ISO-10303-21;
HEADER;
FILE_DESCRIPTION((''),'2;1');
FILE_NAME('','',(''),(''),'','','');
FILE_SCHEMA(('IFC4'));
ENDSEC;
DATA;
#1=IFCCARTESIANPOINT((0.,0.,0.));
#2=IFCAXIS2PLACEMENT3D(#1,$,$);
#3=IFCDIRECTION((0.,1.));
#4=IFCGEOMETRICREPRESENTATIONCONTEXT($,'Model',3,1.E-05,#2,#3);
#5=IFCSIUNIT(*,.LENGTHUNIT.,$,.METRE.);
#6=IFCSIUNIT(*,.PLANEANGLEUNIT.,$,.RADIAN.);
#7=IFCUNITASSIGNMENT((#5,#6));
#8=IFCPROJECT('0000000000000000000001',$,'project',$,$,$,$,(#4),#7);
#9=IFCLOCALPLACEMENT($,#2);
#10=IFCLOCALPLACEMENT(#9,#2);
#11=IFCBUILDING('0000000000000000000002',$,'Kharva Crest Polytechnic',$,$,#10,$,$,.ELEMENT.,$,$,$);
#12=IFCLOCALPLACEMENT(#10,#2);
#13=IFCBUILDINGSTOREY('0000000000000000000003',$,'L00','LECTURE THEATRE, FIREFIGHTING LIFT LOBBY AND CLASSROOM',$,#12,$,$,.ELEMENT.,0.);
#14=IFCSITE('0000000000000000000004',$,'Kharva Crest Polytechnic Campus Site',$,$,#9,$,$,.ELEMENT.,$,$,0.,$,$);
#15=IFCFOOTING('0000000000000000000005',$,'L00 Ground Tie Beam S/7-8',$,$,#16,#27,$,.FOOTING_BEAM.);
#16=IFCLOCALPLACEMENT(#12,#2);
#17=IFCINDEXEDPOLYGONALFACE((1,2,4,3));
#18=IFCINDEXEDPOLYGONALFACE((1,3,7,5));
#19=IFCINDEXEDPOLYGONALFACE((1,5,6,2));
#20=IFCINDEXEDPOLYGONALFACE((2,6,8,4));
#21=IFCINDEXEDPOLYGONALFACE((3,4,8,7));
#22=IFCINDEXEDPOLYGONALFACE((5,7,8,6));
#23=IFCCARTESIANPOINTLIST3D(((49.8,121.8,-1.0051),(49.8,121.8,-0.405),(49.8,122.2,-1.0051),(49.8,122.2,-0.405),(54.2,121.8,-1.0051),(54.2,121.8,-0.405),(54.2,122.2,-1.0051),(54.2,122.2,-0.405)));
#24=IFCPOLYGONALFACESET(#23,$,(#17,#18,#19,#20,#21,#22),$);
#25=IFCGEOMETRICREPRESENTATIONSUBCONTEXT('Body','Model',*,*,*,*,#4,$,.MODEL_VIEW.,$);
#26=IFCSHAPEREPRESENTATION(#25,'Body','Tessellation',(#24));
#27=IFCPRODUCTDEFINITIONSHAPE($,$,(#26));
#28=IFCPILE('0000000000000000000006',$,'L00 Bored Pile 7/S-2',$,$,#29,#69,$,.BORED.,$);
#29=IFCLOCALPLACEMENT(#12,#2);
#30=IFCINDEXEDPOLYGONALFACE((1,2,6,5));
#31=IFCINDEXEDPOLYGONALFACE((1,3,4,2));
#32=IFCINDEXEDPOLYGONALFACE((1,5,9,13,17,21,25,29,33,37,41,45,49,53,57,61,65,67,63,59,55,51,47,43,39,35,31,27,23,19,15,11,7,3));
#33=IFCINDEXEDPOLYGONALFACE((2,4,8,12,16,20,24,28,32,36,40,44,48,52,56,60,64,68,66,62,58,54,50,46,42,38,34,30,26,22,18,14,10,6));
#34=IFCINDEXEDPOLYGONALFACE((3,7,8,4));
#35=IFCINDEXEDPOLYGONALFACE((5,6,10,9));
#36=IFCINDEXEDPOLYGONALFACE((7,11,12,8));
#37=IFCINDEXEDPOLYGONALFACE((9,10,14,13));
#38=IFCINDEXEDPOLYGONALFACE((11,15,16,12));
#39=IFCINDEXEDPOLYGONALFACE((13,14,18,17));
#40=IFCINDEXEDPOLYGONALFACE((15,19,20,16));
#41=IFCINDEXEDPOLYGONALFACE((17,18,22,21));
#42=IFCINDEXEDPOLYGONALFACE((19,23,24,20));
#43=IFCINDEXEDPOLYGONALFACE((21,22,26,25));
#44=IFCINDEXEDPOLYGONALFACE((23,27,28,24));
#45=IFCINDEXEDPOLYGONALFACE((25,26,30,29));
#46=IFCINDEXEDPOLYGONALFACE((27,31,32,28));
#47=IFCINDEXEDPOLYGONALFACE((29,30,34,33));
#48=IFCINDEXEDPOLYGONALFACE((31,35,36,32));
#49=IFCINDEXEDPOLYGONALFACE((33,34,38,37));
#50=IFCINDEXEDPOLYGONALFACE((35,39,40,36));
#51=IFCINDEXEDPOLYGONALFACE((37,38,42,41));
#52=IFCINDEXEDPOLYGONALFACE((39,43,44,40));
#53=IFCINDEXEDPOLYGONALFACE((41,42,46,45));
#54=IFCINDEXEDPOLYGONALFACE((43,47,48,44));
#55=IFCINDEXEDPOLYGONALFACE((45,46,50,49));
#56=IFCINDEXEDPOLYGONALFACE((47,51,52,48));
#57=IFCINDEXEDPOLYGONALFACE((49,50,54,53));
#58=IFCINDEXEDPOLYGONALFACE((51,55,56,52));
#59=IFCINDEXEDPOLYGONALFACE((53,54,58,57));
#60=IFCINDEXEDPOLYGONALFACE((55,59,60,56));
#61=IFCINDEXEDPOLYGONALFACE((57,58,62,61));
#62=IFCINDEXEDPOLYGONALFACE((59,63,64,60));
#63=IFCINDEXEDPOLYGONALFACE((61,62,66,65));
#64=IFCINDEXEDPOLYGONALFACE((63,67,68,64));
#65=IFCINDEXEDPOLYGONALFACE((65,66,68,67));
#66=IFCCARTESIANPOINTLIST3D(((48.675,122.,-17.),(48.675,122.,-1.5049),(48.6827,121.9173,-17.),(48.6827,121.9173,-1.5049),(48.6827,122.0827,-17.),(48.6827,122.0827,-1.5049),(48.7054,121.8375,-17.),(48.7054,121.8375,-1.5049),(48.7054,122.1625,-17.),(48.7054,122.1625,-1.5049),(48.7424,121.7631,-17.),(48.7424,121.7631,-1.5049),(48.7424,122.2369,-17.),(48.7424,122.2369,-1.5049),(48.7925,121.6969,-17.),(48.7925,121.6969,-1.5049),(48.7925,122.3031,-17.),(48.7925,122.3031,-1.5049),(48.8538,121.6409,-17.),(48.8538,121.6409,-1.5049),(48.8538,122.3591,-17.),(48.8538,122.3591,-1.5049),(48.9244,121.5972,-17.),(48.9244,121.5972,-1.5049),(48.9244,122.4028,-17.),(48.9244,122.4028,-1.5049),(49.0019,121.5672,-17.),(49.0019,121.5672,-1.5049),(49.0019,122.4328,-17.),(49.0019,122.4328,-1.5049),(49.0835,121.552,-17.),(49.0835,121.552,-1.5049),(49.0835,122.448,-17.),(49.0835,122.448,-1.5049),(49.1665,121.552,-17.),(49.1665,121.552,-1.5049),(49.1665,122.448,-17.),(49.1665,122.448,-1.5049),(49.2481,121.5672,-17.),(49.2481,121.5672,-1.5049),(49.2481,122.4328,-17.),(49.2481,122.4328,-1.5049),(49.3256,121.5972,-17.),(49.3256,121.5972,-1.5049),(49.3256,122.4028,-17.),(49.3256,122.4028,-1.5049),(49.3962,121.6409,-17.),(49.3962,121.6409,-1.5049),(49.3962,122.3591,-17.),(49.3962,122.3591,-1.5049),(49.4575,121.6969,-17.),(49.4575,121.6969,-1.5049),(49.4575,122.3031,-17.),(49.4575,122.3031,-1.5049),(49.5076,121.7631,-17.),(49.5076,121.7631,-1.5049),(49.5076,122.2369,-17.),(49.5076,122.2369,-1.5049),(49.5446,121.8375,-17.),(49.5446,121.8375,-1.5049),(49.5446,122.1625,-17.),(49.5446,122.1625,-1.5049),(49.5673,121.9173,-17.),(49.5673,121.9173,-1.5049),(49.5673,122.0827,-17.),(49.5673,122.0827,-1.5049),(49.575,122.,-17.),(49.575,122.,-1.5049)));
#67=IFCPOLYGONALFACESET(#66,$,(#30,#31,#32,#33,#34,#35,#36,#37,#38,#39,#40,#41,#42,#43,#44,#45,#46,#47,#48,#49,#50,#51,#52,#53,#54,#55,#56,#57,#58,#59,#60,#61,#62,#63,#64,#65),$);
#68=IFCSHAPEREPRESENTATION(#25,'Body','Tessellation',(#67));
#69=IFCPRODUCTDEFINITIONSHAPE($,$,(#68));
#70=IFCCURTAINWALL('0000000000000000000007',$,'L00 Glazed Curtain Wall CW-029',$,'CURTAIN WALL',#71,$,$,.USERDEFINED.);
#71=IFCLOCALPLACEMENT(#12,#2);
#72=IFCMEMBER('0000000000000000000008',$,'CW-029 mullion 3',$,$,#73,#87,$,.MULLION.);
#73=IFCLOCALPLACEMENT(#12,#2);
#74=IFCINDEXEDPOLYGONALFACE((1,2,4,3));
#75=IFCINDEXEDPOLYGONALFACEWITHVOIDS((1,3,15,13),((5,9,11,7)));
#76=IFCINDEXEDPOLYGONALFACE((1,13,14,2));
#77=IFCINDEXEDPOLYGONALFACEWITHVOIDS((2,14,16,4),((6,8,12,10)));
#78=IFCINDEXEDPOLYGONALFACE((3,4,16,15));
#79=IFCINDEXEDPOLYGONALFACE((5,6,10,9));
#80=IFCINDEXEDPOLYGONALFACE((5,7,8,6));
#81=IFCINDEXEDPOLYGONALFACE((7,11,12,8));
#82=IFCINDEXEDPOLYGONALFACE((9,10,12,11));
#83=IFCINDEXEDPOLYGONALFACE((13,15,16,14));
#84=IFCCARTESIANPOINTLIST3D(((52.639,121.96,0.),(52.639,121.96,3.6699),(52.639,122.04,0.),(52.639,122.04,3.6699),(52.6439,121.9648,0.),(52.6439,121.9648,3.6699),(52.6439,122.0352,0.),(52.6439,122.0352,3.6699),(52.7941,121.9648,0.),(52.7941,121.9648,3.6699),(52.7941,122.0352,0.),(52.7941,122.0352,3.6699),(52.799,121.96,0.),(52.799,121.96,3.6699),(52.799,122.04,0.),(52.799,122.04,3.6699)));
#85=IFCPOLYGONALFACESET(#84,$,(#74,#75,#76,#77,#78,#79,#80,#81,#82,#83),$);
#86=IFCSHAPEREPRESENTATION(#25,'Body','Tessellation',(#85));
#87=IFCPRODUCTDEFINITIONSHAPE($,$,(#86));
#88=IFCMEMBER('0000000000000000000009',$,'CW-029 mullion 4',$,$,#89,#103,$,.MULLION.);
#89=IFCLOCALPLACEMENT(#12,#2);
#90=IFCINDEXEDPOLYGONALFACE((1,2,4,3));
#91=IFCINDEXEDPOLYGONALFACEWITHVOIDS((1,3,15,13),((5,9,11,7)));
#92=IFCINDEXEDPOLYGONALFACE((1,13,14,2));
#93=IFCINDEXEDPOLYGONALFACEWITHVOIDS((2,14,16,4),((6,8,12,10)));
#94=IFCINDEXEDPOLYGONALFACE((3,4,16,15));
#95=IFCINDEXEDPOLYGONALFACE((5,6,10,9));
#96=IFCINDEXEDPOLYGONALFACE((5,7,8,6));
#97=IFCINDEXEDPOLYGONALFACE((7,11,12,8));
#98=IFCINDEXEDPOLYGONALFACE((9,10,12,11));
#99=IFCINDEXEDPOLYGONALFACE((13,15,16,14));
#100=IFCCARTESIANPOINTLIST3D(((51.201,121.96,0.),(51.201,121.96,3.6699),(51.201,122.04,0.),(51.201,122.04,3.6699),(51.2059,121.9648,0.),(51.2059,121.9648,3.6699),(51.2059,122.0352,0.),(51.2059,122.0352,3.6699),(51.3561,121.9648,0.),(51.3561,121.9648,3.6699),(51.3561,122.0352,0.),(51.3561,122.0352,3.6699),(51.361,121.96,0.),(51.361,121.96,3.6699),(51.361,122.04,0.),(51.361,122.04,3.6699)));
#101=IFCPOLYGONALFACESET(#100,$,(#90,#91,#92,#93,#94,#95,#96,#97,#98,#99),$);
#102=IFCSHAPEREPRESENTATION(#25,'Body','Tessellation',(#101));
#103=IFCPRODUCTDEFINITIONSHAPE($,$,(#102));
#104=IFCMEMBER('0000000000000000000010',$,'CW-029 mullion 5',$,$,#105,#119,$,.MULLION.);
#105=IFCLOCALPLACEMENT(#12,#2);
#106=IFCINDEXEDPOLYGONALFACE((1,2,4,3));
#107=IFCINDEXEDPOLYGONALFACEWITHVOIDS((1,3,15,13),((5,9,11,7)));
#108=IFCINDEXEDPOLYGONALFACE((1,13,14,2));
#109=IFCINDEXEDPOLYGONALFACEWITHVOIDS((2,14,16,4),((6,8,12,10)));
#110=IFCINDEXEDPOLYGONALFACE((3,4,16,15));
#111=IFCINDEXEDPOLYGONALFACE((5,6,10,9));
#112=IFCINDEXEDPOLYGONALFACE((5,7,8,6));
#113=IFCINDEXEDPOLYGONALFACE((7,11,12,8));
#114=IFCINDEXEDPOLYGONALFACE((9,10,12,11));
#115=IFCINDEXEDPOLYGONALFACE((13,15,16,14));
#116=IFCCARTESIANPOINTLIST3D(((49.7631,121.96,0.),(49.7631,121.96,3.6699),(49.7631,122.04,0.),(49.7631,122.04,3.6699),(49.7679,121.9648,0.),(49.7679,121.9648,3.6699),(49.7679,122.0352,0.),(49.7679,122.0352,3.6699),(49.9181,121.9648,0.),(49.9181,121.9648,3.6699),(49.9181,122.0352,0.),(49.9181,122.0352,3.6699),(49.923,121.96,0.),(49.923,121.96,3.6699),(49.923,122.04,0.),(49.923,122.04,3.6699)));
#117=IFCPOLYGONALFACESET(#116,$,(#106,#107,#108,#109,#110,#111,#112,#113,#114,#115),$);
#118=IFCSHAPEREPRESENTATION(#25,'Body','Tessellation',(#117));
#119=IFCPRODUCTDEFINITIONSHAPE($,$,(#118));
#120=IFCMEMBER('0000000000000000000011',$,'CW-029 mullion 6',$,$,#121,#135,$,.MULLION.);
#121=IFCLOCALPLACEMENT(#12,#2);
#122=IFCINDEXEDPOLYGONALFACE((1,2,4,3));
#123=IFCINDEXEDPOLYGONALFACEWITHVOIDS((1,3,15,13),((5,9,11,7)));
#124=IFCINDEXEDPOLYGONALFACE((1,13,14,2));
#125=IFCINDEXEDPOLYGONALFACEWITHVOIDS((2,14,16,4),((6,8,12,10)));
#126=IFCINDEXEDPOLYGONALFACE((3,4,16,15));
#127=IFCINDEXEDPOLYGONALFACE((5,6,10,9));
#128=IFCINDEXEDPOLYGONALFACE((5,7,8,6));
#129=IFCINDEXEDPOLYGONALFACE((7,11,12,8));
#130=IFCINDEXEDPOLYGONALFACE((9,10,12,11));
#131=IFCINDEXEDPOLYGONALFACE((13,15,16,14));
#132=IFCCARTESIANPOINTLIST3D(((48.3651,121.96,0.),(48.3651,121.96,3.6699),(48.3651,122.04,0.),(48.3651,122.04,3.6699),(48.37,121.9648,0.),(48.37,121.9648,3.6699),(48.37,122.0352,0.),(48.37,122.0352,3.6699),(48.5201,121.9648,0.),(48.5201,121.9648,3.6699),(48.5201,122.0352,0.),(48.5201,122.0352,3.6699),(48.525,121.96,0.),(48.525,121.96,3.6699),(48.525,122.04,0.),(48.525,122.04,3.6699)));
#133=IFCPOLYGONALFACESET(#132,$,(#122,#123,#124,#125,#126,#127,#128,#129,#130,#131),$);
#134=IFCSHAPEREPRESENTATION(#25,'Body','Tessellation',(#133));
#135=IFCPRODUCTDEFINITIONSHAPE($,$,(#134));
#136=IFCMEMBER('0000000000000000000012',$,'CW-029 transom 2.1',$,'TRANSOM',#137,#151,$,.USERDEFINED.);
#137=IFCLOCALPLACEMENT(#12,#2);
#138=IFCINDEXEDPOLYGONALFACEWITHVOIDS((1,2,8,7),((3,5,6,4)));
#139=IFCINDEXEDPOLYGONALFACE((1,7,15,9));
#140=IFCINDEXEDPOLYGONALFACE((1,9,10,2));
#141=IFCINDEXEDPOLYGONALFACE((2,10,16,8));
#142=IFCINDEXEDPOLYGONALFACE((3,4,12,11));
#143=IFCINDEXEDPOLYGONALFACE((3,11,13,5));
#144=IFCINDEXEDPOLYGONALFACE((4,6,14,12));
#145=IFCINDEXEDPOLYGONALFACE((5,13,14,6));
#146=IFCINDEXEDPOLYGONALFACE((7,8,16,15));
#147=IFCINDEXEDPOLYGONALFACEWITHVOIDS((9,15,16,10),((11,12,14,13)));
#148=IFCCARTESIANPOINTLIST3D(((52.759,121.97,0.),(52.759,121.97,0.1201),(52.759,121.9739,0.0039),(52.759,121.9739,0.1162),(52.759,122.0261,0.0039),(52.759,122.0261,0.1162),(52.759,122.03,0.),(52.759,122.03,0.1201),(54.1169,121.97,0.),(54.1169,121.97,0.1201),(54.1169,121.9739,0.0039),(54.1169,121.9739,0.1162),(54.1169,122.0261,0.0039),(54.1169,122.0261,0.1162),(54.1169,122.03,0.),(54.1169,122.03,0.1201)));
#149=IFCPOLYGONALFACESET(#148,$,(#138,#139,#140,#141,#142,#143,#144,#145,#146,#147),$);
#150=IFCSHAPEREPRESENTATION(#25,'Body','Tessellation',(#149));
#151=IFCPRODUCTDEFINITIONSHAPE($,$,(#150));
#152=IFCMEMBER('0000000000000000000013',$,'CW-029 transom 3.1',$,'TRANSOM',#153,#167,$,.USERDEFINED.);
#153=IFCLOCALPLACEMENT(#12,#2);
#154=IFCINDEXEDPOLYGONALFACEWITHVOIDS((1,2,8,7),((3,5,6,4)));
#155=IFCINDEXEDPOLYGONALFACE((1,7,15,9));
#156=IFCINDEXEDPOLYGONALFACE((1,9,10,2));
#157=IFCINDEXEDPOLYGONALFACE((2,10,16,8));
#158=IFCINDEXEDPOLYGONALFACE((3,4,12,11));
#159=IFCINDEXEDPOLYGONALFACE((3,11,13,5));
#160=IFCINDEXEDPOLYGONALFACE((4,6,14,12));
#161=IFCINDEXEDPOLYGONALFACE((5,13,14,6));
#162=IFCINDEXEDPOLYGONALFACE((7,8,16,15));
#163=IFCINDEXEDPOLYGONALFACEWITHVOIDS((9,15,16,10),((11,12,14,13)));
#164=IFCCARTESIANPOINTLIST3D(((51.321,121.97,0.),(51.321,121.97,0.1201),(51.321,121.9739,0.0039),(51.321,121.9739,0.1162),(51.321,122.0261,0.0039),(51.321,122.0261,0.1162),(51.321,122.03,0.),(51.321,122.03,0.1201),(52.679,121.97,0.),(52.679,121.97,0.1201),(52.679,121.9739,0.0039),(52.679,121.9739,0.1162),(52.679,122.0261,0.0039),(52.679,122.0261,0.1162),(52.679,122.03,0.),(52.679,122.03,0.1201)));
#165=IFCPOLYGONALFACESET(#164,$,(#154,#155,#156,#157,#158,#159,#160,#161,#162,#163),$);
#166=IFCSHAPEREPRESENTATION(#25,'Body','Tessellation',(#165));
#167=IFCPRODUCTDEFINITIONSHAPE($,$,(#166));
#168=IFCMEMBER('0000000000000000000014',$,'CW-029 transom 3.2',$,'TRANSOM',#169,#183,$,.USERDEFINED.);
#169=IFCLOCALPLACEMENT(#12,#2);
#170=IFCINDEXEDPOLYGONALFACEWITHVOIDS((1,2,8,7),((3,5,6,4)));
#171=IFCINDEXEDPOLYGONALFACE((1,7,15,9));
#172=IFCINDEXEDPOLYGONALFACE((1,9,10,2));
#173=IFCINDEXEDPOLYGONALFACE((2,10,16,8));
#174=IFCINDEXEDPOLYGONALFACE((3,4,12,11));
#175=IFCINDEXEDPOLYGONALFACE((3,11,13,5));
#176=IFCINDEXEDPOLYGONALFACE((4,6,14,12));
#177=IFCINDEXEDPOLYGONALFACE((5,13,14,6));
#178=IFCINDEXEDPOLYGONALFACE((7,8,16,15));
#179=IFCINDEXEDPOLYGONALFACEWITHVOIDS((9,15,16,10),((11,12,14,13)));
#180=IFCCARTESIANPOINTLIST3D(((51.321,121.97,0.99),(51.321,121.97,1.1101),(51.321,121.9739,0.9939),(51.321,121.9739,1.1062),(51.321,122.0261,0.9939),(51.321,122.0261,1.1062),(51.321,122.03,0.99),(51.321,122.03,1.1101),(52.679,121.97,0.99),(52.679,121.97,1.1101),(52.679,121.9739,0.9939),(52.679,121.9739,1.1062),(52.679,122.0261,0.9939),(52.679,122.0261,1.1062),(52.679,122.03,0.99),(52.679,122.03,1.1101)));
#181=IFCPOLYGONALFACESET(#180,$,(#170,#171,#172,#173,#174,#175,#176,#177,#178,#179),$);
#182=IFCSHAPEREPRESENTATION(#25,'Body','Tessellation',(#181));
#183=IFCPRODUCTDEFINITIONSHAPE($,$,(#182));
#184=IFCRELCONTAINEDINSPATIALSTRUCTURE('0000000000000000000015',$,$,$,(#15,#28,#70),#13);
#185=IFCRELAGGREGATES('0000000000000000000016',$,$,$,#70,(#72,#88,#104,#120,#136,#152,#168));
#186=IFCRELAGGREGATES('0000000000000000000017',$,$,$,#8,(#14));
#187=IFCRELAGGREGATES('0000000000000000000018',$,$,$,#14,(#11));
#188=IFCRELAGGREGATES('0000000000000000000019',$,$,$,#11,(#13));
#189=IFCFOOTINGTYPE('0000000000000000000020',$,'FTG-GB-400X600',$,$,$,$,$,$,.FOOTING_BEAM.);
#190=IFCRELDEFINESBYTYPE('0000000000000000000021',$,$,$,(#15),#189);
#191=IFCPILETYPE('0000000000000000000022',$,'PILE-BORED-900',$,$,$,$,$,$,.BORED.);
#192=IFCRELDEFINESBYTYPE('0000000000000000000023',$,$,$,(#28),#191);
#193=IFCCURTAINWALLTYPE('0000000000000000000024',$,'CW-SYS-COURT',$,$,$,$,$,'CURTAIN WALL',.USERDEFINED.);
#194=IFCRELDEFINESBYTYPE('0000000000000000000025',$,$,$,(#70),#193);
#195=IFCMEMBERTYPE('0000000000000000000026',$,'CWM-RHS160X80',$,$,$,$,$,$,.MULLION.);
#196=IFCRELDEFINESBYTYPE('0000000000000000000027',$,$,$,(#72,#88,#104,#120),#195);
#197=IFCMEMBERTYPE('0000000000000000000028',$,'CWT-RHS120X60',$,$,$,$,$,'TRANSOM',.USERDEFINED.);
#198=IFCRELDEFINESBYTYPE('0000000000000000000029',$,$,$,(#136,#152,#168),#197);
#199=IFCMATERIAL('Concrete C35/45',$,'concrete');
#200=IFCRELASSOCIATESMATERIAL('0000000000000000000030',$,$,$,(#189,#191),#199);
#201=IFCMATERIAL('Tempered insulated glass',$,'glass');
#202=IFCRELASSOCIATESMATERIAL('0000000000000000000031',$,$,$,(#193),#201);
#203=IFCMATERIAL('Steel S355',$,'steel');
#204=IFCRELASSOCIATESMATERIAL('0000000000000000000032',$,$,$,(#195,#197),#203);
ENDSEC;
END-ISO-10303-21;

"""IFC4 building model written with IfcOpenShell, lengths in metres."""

from ifc_helpers import new_model, si_unit, direction, frame, origin, origin_2d, place, context, subcontext, project, spatial, rectangle, hollow_rectangle, circle, extrude, material, material_profile, profile_set, type_object, element, aggregate, save


model = new_model("IFC4")

# Units and contexts
model_context = context("Model", 3, precision=1e-05, world=origin(), true_north=direction((0.0, 1.0)))
body_context = subcontext(model_context, "Body", "Model", "MODEL_VIEW")
ifc_project = project(units=[si_unit("LENGTHUNIT", "METRE"), si_unit("PLANEANGLEUNIT", "RADIAN")], contexts=[model_context])

# Site, building, storey
site_placement = place(None, origin())
site = spatial("IfcSite", under=ifc_project, at=site_placement, Name="Kharva Crest Polytechnic Campus Site", CompositionType="ELEMENT", RefElevation=0.0)
building_placement = place(site_placement, origin())
building = spatial("IfcBuilding", under=site, at=building_placement, Name="Kharva Crest Polytechnic", CompositionType="ELEMENT")
storey_placement = place(building_placement, origin())
storey = spatial("IfcBuildingStorey", under=building, at=storey_placement, Name="L00", Description="LECTURE THEATRE, FIREFIGHTING LIFT LOBBY AND CLASSROOM", CompositionType="ELEMENT", Elevation=0.0)

# Footing
ifc_material_1 = material(Name="Concrete C35/45", Category="concrete")
footing_type = type_object("IfcFootingType", Name="FTG-GB-400X600", PredefinedType="FOOTING_BEAM", material=ifc_material_1)
footing_placement = place(storey_placement, frame((52.0, 122.0, -1.0051), z_axis=(0.0, 0.0, 1.0), x_axis=(1.0, 0.0, 0.0)))
element("IfcFooting", 1, at=footing_placement, inside=storey, type_object=footing_type, Name="L00 Ground Tie Beam S/7-8", PredefinedType="FOOTING_BEAM", context=body_context, shape_type="SweptSolid", body=[
    extrude(rectangle(XDim=4.3999, YDim=0.3999, at=origin_2d()), origin(), (0.0, 0.0, 1.0), 0.6001),
])

# Pile
ifc_material_profile_1 = material_profile(ifc_material_1, circle(Radius=0.45, at=origin_2d()), Name="DIA 900")
ifc_profile_set_1 = profile_set([ifc_material_profile_1], Name="Concrete C35/45")
pile_type = type_object("IfcPileType", Name="PILE-BORED-900", PredefinedType="BORED", material=ifc_profile_set_1)
pile_placement = place(storey_placement, frame((49.125, 122.0, -1.5049), z_axis=(0.0, 0.0, -1.0), x_axis=(1.0, 0.0, 0.0)))
element("IfcPile", 2, at=pile_placement, inside=storey, type_object=pile_type, Name="L00 Bored Pile 7/S-2", PredefinedType="BORED", context=body_context, shape_type="SweptSolid", body=[
    extrude(circle(Radius=0.45, at=origin_2d()), origin(), (0.0, 0.0, 1.0), 15.4951),
])

# Curtain wall, members
ifc_material_2 = material(Name="Tempered insulated glass", Category="glass")
curtain_wall_type = type_object("IfcCurtainWallType", Name="CW-SYS-COURT", ElementType="CURTAIN WALL", PredefinedType="USERDEFINED", material=ifc_material_2)
curtain_wall_placement = place(storey_placement, origin())
curtain_wall = element("IfcCurtainWall", 3, at=curtain_wall_placement, inside=storey, type_object=curtain_wall_type, Name="L00 Glazed Curtain Wall CW-029", ObjectType="CURTAIN WALL", PredefinedType="USERDEFINED")
ifc_material_3 = material(Name="Steel S355", Category="steel")
ifc_material_profile_2 = material_profile(ifc_material_3, hollow_rectangle(XDim=0.0801, YDim=0.1599, WallThickness=0.0049, at=origin_2d()), Name="RHS 160X80X5.0")
ifc_profile_set_2 = profile_set([ifc_material_profile_2], Name="Steel S355")
member_type_1 = type_object("IfcMemberType", Name="CWM-RHS160X80", PredefinedType="MULLION", material=ifc_profile_set_2)
member_1_placement = place(storey_placement, frame((52.719, 122.0, 0.0), z_axis=(0.0, 0.0, 1.0), x_axis=(0.0, -1.0, 0.0)))
member_1 = element("IfcMember", 4, at=member_1_placement, type_object=member_type_1, Name="CW-029 mullion 3", PredefinedType="MULLION", context=body_context, shape_type="SweptSolid", body=[
    extrude(hollow_rectangle(XDim=0.0801, YDim=0.1599, WallThickness=0.0049, at=origin_2d()), origin(), (0.0, 0.0, 1.0), 3.6699),
])
member_2_placement = place(storey_placement, frame((51.281, 122.0, 0.0), z_axis=(0.0, 0.0, 1.0), x_axis=(0.0, -1.0, 0.0)))
member_2 = element("IfcMember", 5, at=member_2_placement, type_object=member_type_1, Name="CW-029 mullion 4", PredefinedType="MULLION", context=body_context, shape_type="SweptSolid", body=[
    extrude(hollow_rectangle(XDim=0.0801, YDim=0.1599, WallThickness=0.0049, at=origin_2d()), origin(), (0.0, 0.0, 1.0), 3.6699),
])
member_3_placement = place(storey_placement, frame((49.843, 122.0, 0.0), z_axis=(0.0, 0.0, 1.0), x_axis=(0.0, -1.0, 0.0)))
member_3 = element("IfcMember", 6, at=member_3_placement, type_object=member_type_1, Name="CW-029 mullion 5", PredefinedType="MULLION", context=body_context, shape_type="SweptSolid", body=[
    extrude(hollow_rectangle(XDim=0.0801, YDim=0.1599, WallThickness=0.0049, at=origin_2d()), origin(), (0.0, 0.0, 1.0), 3.6699),
])
member_4_placement = place(storey_placement, frame((48.4451, 122.0, 0.0), z_axis=(0.0, 0.0, 1.0), x_axis=(0.0, -1.0, 0.0)))
member_4 = element("IfcMember", 7, at=member_4_placement, type_object=member_type_1, Name="CW-029 mullion 6", PredefinedType="MULLION", context=body_context, shape_type="SweptSolid", body=[
    extrude(hollow_rectangle(XDim=0.0801, YDim=0.1599, WallThickness=0.0049, at=origin_2d()), origin(), (0.0, 0.0, 1.0), 3.6699),
])
ifc_material_profile_3 = material_profile(ifc_material_3, hollow_rectangle(XDim=0.0601, YDim=0.1201, WallThickness=0.0039, at=origin_2d()), Name="RHS 120X60X4.0")
ifc_profile_set_3 = profile_set([ifc_material_profile_3], Name="Steel S355")
member_type_2 = type_object("IfcMemberType", Name="CWT-RHS120X60", ElementType="TRANSOM", PredefinedType="USERDEFINED", material=ifc_profile_set_3)
member_5_placement = place(storey_placement, frame((54.1169, 122.0, 0.0601), z_axis=(-1.0, 0.0, 0.0), x_axis=(0.0, -1.0, 0.0)))
member_5 = element("IfcMember", 8, at=member_5_placement, type_object=member_type_2, Name="CW-029 transom 2.1", ObjectType="TRANSOM", PredefinedType="USERDEFINED", context=body_context, shape_type="SweptSolid", body=[
    extrude(hollow_rectangle(XDim=0.0601, YDim=0.1201, WallThickness=0.0039, at=origin_2d()), origin(), (0.0, 0.0, 1.0), 1.3579),
])
member_6_placement = place(storey_placement, frame((52.679, 122.0, 0.0601), z_axis=(-1.0, 0.0, 0.0), x_axis=(0.0, -1.0, 0.0)))
member_6 = element("IfcMember", 9, at=member_6_placement, type_object=member_type_2, Name="CW-029 transom 3.1", ObjectType="TRANSOM", PredefinedType="USERDEFINED", context=body_context, shape_type="SweptSolid", body=[
    extrude(hollow_rectangle(XDim=0.0601, YDim=0.1201, WallThickness=0.0039, at=origin_2d()), origin(), (0.0, 0.0, 1.0), 1.3579),
])
member_7_placement = place(storey_placement, frame((52.679, 122.0, 1.05), z_axis=(-1.0, 0.0, 0.0), x_axis=(0.0, -1.0, 0.0)))
member_7 = element("IfcMember", 10, at=member_7_placement, type_object=member_type_2, Name="CW-029 transom 3.2", ObjectType="TRANSOM", PredefinedType="USERDEFINED", context=body_context, shape_type="SweptSolid", body=[
    extrude(hollow_rectangle(XDim=0.0601, YDim=0.1201, WallThickness=0.0039, at=origin_2d()), origin(), (0.0, 0.0, 1.0), 1.3579),
])

aggregate(curtain_wall, [member_1, member_2, member_3, member_4, member_5, member_6, member_7])

save(model, "model.ifc")
